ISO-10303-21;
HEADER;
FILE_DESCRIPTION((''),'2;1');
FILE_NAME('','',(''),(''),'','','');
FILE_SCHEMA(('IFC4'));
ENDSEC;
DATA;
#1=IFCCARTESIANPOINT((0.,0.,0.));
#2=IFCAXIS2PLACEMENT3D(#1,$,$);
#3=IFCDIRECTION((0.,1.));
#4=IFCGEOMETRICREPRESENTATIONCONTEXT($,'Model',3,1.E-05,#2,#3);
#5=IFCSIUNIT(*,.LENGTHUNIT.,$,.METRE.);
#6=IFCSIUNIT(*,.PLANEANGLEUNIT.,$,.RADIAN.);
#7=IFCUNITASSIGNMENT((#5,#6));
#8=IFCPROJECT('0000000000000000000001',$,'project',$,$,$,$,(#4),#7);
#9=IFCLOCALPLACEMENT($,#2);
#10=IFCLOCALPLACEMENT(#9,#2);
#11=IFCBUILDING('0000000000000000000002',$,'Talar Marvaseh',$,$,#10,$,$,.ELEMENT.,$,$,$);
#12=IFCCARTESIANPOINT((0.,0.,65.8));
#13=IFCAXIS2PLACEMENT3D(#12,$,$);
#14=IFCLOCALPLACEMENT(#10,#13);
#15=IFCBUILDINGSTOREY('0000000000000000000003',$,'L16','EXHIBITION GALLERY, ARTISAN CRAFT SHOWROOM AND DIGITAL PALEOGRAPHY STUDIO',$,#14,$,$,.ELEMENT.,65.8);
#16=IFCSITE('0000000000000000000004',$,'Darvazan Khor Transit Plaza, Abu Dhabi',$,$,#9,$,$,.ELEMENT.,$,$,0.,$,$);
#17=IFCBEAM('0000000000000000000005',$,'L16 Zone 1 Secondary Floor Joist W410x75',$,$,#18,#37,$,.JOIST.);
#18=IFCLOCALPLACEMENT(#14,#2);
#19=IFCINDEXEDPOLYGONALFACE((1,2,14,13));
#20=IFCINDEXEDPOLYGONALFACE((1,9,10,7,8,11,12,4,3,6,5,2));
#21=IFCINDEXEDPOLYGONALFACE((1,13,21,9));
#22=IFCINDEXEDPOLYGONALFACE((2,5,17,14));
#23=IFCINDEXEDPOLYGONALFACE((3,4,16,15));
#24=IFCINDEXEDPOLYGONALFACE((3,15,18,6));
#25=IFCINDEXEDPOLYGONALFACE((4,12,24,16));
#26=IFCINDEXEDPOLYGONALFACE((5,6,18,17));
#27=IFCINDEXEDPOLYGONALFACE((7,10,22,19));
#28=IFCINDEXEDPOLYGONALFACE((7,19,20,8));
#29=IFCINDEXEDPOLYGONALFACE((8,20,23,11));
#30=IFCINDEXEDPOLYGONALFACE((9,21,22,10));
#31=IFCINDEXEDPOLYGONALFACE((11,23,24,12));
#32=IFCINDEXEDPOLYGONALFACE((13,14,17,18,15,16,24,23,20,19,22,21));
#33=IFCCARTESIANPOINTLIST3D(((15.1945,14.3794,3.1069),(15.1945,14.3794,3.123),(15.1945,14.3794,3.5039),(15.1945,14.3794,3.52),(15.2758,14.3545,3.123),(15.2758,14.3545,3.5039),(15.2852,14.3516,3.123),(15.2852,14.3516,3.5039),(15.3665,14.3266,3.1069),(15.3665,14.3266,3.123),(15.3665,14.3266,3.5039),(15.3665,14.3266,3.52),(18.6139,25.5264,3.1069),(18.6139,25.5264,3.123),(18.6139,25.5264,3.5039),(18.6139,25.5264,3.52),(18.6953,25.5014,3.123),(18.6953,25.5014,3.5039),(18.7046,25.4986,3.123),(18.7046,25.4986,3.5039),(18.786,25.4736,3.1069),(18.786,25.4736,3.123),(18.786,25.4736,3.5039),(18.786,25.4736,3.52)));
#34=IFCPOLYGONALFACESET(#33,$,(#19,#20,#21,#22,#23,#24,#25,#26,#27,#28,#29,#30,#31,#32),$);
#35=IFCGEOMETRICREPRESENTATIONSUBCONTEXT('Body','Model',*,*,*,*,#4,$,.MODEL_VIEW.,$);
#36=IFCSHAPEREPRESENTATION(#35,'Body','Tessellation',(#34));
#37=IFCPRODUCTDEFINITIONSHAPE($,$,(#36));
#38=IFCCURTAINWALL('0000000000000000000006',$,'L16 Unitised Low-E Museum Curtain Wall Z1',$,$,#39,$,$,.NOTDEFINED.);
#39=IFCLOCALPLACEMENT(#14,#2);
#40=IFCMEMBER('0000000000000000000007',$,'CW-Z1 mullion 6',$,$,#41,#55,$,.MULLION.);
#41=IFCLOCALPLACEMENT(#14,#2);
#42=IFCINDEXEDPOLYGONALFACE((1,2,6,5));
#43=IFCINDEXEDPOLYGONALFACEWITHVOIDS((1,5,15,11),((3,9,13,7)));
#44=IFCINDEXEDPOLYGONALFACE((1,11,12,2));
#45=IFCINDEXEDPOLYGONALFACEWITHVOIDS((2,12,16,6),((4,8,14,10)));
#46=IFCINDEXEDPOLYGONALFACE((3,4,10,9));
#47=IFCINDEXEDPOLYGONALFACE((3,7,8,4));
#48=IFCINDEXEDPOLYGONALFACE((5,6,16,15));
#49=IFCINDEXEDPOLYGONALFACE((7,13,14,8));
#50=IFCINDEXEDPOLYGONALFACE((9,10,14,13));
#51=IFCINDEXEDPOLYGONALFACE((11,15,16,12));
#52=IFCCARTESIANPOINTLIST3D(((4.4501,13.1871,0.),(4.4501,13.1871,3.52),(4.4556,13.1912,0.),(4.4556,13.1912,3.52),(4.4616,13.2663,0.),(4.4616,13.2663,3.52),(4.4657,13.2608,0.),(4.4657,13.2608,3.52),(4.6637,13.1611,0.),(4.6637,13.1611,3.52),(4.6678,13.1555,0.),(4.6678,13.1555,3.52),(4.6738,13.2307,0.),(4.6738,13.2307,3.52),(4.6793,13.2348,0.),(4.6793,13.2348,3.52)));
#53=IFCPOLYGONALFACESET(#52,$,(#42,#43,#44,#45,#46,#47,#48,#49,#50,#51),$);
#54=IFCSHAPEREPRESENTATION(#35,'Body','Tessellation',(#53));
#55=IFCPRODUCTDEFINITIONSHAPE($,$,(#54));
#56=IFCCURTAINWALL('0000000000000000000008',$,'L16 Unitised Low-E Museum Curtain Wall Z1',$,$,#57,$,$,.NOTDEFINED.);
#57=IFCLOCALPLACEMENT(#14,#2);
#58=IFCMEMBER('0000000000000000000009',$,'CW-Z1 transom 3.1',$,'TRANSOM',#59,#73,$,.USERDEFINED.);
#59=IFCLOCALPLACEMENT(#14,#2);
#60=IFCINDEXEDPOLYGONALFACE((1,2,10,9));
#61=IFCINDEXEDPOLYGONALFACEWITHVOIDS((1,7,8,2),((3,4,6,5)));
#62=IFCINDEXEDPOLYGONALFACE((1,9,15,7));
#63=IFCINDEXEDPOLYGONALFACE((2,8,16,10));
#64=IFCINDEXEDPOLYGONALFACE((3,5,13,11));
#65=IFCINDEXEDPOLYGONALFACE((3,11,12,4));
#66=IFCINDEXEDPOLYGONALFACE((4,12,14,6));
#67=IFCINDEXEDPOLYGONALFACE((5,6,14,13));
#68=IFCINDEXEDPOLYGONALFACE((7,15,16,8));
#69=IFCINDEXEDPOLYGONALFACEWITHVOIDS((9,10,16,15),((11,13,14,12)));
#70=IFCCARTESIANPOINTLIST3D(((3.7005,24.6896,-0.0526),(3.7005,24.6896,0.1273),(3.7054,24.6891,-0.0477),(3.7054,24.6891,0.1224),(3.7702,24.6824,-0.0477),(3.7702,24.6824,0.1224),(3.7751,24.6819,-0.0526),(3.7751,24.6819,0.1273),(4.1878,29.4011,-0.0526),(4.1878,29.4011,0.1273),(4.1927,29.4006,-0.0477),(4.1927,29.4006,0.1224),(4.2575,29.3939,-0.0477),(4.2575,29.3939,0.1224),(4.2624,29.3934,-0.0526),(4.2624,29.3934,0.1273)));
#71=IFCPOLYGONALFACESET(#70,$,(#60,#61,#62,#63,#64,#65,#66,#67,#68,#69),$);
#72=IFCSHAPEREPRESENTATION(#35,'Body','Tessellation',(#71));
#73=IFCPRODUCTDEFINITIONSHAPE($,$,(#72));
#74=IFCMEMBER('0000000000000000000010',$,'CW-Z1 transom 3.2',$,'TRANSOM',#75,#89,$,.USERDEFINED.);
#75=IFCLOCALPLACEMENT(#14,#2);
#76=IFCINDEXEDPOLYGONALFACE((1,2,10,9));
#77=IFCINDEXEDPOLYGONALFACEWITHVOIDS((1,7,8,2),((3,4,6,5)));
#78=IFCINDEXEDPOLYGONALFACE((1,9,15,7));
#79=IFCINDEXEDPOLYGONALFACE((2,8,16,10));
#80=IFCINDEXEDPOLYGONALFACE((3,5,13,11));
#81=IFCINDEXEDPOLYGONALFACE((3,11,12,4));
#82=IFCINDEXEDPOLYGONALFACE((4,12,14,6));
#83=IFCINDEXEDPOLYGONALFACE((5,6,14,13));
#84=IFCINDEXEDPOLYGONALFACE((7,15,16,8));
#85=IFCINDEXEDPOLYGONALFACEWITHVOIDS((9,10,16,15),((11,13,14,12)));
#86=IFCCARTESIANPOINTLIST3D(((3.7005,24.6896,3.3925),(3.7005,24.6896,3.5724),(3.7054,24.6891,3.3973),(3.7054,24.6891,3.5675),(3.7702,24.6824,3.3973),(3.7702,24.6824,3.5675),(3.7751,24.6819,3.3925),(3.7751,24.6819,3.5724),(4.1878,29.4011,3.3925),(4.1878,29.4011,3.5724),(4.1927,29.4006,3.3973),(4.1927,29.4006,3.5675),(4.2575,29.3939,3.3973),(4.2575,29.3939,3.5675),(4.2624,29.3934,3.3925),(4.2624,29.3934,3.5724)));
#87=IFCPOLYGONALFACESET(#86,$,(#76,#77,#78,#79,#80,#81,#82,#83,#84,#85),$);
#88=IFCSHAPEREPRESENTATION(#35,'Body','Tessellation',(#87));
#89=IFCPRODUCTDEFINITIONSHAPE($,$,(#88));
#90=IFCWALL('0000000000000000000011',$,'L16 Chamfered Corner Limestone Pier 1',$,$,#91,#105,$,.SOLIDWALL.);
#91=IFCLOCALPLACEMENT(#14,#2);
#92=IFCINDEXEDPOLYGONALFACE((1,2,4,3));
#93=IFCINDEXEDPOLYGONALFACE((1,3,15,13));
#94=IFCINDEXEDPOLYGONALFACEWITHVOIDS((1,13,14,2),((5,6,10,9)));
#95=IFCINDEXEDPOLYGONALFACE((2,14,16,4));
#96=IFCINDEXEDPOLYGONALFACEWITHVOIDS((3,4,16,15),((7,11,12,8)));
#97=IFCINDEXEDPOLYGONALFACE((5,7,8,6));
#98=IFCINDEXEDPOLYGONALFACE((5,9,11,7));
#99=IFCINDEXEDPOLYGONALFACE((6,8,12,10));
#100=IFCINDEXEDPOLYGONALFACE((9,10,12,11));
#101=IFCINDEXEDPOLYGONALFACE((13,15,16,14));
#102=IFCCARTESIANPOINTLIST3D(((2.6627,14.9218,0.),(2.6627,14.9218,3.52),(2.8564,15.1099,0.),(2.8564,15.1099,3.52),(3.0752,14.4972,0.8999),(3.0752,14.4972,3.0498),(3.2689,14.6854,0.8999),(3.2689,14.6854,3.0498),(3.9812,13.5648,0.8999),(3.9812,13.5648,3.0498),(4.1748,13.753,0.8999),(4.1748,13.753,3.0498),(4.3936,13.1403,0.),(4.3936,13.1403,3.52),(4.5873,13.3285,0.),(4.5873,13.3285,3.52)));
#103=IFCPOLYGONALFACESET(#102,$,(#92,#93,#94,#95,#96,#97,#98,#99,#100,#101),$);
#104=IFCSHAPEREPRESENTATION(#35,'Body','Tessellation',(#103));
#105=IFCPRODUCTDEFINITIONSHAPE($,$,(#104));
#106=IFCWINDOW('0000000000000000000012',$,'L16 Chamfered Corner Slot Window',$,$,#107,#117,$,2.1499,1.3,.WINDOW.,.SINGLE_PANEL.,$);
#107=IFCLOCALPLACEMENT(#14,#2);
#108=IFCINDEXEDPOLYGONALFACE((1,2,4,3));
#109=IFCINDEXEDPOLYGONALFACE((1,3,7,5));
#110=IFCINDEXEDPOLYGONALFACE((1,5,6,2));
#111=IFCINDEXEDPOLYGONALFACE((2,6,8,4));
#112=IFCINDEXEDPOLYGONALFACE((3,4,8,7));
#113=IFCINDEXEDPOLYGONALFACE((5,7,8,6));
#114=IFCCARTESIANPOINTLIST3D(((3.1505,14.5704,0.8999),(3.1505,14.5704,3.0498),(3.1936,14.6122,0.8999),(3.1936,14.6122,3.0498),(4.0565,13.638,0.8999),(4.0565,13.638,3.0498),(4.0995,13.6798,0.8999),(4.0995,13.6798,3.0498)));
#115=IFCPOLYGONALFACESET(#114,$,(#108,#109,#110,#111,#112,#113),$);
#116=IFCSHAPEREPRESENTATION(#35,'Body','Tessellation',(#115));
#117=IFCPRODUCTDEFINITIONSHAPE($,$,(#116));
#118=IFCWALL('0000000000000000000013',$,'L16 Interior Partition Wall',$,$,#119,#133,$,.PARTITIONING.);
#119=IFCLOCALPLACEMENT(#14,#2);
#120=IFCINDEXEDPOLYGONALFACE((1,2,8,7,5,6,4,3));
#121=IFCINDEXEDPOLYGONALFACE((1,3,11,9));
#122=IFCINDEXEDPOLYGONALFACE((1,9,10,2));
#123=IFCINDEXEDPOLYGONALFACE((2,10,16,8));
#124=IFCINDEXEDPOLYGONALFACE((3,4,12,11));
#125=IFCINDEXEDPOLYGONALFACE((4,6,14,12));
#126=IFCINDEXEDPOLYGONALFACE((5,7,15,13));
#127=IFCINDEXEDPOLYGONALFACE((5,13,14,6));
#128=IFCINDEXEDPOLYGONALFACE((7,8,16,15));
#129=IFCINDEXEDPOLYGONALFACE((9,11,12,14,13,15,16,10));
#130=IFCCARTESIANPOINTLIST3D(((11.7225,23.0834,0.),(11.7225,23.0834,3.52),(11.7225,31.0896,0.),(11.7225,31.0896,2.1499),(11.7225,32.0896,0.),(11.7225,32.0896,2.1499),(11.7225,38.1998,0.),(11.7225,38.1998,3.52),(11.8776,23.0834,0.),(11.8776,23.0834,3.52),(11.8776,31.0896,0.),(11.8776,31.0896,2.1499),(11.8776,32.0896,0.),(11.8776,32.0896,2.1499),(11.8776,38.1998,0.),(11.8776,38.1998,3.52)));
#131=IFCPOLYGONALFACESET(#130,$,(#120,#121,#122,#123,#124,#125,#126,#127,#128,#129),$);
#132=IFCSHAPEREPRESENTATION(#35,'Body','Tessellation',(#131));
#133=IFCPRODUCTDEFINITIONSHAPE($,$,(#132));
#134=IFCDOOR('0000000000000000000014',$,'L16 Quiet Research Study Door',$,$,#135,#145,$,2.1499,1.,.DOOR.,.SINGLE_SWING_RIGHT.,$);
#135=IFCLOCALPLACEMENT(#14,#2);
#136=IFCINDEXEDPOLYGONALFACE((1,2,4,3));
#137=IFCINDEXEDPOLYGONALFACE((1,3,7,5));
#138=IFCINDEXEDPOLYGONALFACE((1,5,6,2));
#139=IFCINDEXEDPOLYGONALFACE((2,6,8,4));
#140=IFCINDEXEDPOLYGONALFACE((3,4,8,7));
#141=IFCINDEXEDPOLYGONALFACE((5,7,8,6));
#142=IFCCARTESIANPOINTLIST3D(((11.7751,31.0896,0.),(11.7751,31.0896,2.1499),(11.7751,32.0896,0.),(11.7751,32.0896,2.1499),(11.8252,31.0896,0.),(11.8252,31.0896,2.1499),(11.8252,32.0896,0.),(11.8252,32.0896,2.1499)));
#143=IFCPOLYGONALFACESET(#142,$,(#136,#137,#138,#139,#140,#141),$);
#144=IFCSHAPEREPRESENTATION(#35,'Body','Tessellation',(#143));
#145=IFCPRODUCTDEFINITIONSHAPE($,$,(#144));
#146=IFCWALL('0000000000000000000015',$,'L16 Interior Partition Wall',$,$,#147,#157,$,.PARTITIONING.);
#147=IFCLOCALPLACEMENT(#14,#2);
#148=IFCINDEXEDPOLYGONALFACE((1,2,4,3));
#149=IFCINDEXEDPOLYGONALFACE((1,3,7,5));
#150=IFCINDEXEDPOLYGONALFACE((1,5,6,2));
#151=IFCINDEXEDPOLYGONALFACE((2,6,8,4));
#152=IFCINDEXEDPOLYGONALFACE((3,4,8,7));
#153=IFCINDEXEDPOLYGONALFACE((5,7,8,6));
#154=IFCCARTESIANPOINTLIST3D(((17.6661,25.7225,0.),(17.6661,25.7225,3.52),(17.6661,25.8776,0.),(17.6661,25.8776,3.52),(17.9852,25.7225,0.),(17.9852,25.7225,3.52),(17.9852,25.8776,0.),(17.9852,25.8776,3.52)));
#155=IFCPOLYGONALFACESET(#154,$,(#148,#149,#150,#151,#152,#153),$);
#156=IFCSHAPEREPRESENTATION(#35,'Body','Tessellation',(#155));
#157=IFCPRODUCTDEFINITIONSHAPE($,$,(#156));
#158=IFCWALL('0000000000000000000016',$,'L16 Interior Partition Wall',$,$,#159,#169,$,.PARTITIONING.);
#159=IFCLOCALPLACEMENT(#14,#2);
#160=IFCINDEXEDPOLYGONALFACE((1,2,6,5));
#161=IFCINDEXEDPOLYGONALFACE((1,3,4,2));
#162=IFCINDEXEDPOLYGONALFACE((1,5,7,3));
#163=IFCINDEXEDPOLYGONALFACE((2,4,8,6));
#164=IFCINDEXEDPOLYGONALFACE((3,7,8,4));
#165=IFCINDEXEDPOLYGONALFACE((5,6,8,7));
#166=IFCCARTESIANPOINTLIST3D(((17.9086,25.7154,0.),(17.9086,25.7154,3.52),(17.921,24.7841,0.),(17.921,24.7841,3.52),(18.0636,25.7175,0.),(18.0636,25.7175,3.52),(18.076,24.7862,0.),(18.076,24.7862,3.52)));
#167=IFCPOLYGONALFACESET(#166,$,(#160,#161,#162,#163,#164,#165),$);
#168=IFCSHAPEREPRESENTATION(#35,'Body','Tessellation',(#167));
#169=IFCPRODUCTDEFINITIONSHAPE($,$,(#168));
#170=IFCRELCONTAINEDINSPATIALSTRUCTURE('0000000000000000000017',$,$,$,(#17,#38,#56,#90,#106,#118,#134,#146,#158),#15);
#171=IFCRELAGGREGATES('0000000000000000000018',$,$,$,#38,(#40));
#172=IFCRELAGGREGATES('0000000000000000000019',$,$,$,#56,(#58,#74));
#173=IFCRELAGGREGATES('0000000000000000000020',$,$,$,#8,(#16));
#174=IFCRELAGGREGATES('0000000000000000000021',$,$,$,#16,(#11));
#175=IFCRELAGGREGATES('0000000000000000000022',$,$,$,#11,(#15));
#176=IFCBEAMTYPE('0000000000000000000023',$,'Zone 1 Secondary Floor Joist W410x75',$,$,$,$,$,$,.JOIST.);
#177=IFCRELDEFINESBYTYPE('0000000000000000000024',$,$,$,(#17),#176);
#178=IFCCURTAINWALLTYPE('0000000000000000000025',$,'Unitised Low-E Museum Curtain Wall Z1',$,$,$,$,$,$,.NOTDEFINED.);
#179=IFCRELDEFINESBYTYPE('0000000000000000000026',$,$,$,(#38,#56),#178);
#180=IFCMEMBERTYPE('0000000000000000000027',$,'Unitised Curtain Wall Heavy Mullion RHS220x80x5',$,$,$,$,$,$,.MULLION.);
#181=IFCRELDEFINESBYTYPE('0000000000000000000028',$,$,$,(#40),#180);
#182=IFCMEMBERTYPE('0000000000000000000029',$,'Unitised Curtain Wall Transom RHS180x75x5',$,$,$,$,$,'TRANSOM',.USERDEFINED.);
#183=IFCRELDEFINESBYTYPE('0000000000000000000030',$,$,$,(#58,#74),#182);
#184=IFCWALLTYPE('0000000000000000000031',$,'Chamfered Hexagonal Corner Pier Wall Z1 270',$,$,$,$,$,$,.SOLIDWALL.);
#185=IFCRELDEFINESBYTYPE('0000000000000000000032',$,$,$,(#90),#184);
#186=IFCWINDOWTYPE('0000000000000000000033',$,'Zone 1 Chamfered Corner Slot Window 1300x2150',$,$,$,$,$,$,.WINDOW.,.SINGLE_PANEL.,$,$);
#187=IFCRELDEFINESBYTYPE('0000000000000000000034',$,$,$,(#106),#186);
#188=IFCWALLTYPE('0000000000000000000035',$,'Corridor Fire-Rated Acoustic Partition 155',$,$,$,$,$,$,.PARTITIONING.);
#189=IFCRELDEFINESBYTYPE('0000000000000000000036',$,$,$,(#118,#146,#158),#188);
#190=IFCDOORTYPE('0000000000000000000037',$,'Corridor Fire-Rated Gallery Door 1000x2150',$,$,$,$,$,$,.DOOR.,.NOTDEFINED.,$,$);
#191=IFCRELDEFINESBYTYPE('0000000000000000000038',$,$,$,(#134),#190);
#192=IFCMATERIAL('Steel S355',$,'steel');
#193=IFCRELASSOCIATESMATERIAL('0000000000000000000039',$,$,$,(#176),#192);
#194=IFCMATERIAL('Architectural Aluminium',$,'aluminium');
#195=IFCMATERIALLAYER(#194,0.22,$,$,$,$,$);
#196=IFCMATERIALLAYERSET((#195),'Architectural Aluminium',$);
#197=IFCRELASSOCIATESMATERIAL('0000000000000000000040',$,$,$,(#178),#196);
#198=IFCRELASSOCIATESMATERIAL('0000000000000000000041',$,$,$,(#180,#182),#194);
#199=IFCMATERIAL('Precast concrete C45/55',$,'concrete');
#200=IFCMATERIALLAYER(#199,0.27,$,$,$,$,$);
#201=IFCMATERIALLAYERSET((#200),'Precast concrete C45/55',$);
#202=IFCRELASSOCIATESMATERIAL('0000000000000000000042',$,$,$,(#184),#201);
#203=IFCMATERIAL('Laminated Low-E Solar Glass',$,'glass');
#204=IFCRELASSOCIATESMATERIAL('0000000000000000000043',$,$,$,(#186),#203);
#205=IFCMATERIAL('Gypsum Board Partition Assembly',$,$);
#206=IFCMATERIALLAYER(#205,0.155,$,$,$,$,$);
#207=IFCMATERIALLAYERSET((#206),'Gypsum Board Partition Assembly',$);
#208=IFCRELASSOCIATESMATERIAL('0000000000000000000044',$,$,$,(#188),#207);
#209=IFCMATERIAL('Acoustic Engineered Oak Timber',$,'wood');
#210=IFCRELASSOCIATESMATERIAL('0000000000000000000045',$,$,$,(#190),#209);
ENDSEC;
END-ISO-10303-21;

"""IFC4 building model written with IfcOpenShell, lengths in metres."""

from ifc_helpers import new_model, si_unit, direction, frame, frame_2d, origin, origin_2d, place, context, subcontext, project, spatial, rectangle, hollow_rectangle, i_section, extrude, source, transform, mapped, material, layer, layer_set, material_profile, profile_set, type_object, type_shapes, element, fill, aggregate, save


model = new_model("IFC4")

# Units and contexts
model_context = context("Model", 3, precision=1e-05, world=origin(), true_north=direction((0.0, 1.0)))
body_context = subcontext(model_context, "Body", "Model", "MODEL_VIEW")
ifc_project = project(units=[si_unit("LENGTHUNIT", "METRE"), si_unit("PLANEANGLEUNIT", "RADIAN")], contexts=[model_context])

# Site, building, storey
site_placement = place(None, origin())
site = spatial("IfcSite", under=ifc_project, at=site_placement, Name="Darvazan Khor Transit Plaza, Abu Dhabi", CompositionType="ELEMENT", RefElevation=0.0)
building_placement = place(site_placement, origin())
building = spatial("IfcBuilding", under=site, at=building_placement, Name="Talar Marvaseh", CompositionType="ELEMENT")
storey_placement = place(building_placement, frame((0.0, 0.0, 65.8)))
storey = spatial("IfcBuildingStorey", under=building, at=storey_placement, Name="L16", Description="EXHIBITION GALLERY, ARTISAN CRAFT SHOWROOM AND DIGITAL PALEOGRAPHY STUDIO", CompositionType="ELEMENT", Elevation=65.8)

# Beam
ifc_material_1 = material(Name="Steel S355", Category="steel")
ifc_material_profile_1 = material_profile(ifc_material_1, i_section(OverallWidth=0.1799, OverallDepth=0.4131, WebThickness=0.0098, FlangeThickness=0.0161, at=origin_2d()), Name="W410x75")
ifc_profile_set_1 = profile_set([ifc_material_profile_1], Name="Steel S355")
beam_type_1 = type_object("IfcBeamType", Name="Zone 1 Secondary Floor Joist W410x75", PredefinedType="JOIST", material=ifc_profile_set_1)
beam_1_placement = place(storey_placement, frame((15.2805, 14.353, 3.3135), z_axis=(0.293271, 0.956029, 0.0), x_axis=(-0.956029, 0.293271, 0.0)))
element("IfcBeam", 1, at=beam_1_placement, inside=storey, type_object=beam_type_1, Name="L16 Zone 1 Secondary Floor Joist W410x75", PredefinedType="JOIST", context=body_context, shape_type="SweptSolid", body=[
    extrude(i_section(OverallWidth=0.1799, OverallDepth=0.4131, WebThickness=0.0098, FlangeThickness=0.0161, at=origin_2d()), origin(), (0.0, 0.0, 1.0), 11.6597),
])

# Curtain wall, member
ifc_material_2 = material(Name="Architectural Aluminium", Category="aluminium")
ifc_layer_1 = layer(ifc_material_2, 0.22)
ifc_layer_set_1 = layer_set([ifc_layer_1], Name="Architectural Aluminium")
curtain_wall_type = type_object("IfcCurtainWallType", Name="Unitised Low-E Museum Curtain Wall Z1", PredefinedType="NOTDEFINED", material=ifc_layer_set_1)
curtain_wall_1_placement = place(storey_placement, origin())
curtain_wall_1 = element("IfcCurtainWall", 2, at=curtain_wall_1_placement, inside=storey, type_object=curtain_wall_type, Name="L16 Unitised Low-E Museum Curtain Wall Z1", PredefinedType="NOTDEFINED")
ifc_material_profile_2 = material_profile(ifc_material_2, hollow_rectangle(XDim=0.0801, YDim=0.22, WallThickness=0.0049, at=origin_2d()), Name="RHS220x80x5")
ifc_profile_set_2 = profile_set([ifc_material_profile_2], Name="Architectural Aluminium")
member_type_1 = type_object("IfcMemberType", Name="Unitised Curtain Wall Heavy Mullion RHS220x80x5", PredefinedType="MULLION", material=ifc_profile_set_2)
shared_shape_1 = source(origin(), body_context, "Body", "SweptSolid", [
    extrude(hollow_rectangle(XDim=0.0801, YDim=0.22, WallThickness=0.0049, at=origin_2d()), origin(), (0.0, 0.0, 1.0), 3.52),
])
type_shapes(member_type_1, [shared_shape_1])
member_1_placement = place(storey_placement, frame((4.5647, 13.2109, 0.0), z_axis=(0.0, 0.0, 1.0), x_axis=(-0.143338, -0.989674, 0.0)))
member_1 = element("IfcMember", 3, at=member_1_placement, type_object=member_type_1, Name="CW-Z1 mullion 6", PredefinedType="MULLION", context=body_context, shape_type="MappedRepresentation", body=[
    mapped(shared_shape_1, transform((0.0, 0.0, 0.0), x_axis=(1.0, 0.0, 0.0), y_axis=(0.0, 1.0, 0.0), z_axis=(0.0, 0.0, 1.0), scale=1.0)),
])
aggregate(curtain_wall_1, [member_1])

# Curtain wall, members
curtain_wall_2_placement = place(storey_placement, origin())
curtain_wall_2 = element("IfcCurtainWall", 4, at=curtain_wall_2_placement, inside=storey, type_object=curtain_wall_type, Name="L16 Unitised Low-E Museum Curtain Wall Z1", PredefinedType="NOTDEFINED")
ifc_material_profile_3 = material_profile(ifc_material_2, hollow_rectangle(XDim=0.075, YDim=0.1799, WallThickness=0.0049, at=origin_2d()), Name="RHS180x75x5")
ifc_profile_set_3 = profile_set([ifc_material_profile_3], Name="Architectural Aluminium")
member_type_2 = type_object("IfcMemberType", Name="Unitised Curtain Wall Transom RHS180x75x5", ElementType="TRANSOM", PredefinedType="USERDEFINED", material=ifc_profile_set_3)
shared_shape_2 = source(origin(), body_context, "Body", "SweptSolid", [
    extrude(hollow_rectangle(XDim=0.075, YDim=0.1799, WallThickness=0.0049, at=origin_2d()), origin(), (0.0, 0.0, 1.0), 4.7366),
])
type_shapes(member_type_2, [shared_shape_2])
member_2_placement = place(storey_placement, frame((3.7378, 24.6858, 0.0374), z_axis=(0.102882, 0.994694, 0.0), x_axis=(-0.994694, 0.102882, 0.0)))
member_2 = element("IfcMember", 5, at=member_2_placement, type_object=member_type_2, Name="CW-Z1 transom 3.1", ObjectType="TRANSOM", PredefinedType="USERDEFINED", context=body_context, shape_type="MappedRepresentation", body=[
    mapped(shared_shape_2, transform((0.0, 0.0, 0.0), x_axis=(1.0, 0.0, 0.0), y_axis=(0.0, 1.0, 0.0), z_axis=(0.0, 0.0, 1.0), scale=1.0)),
])
member_3_placement = place(storey_placement, frame((3.7378, 24.6858, 3.4824), z_axis=(0.102882, 0.994694, 0.0), x_axis=(-0.994694, 0.102882, 0.0)))
member_3 = element("IfcMember", 6, at=member_3_placement, type_object=member_type_2, Name="CW-Z1 transom 3.2", ObjectType="TRANSOM", PredefinedType="USERDEFINED", context=body_context, shape_type="MappedRepresentation", body=[
    mapped(shared_shape_2, transform((0.0, 0.0, 0.0), x_axis=(1.0, 0.0, 0.0), y_axis=(0.0, 1.0, 0.0), z_axis=(0.0, 0.0, 1.0), scale=1.0)),
])
aggregate(curtain_wall_2, [member_2, member_3])

# Wall, opening, window
ifc_material_3 = material(Name="Precast concrete C45/55", Category="concrete")
ifc_layer_2 = layer(ifc_material_3, 0.27)
ifc_layer_set_2 = layer_set([ifc_layer_2], Name="Precast concrete C45/55")
wall_type_1 = type_object("IfcWallType", Name="Chamfered Hexagonal Corner Pier Wall Z1 270", PredefinedType="SOLIDWALL", material=ifc_layer_set_2)
wall_1_placement = place(storey_placement, frame((4.4905, 13.2344, 0.0), z_axis=(0.0, 0.0, 1.0), x_axis=(-0.696861, 0.717206, 0.0)))
wall_1 = element("IfcWall", 7, at=wall_1_placement, inside=storey, type_object=wall_type_1, Name="L16 Chamfered Corner Limestone Pier 1", PredefinedType="SOLIDWALL", context=body_context, shape_type="SweptSolid", body=[
    extrude(rectangle(XDim=2.4839, YDim=0.27, at=frame_2d((1.2419, 0.0))), origin(), (0.0, 0.0, 1.0), 3.52),
])
opening_1_placement = place(wall_1_placement, frame((0.592, 0.0, 0.8999)))
opening_1 = element("IfcOpeningElement", 8, at=opening_1_placement, cuts=wall_1, PredefinedType="OPENING", context=body_context, shape_type="SweptSolid", body=[
    extrude(rectangle(XDim=1.3, YDim=2.1499, at=frame_2d((0.6499, 1.075))), frame((0.0, 0.145, 0.0), z_axis=(0.0, -1.0, 0.0), x_axis=(1.0, 0.0, 0.0)), (0.0, 0.0, 1.0), 0.29),
])
ifc_material_4 = material(Name="Laminated Low-E Solar Glass", Category="glass")
window_type = type_object("IfcWindowType", Name="Zone 1 Chamfered Corner Slot Window 1300x2150", PartitioningType="SINGLE_PANEL", PredefinedType="WINDOW", material=ifc_material_4)
shared_shape_3 = source(origin(), body_context, "Body", "SweptSolid", [
    extrude(rectangle(XDim=1.3, YDim=2.1499, at=frame_2d((0.6499, 1.075))), frame((0.0, 0.03, 0.0), z_axis=(0.0, -1.0, 0.0), x_axis=(1.0, 0.0, 0.0)), (0.0, 0.0, 1.0), 0.0601),
])
type_shapes(window_type, [shared_shape_3])
window_placement = place(opening_1_placement, origin())
window = element("IfcWindow", 9, at=window_placement, inside=storey, type_object=window_type, Name="L16 Chamfered Corner Slot Window", OverallHeight=2.1499, OverallWidth=1.3, PartitioningType="SINGLE_PANEL", PredefinedType="WINDOW", context=body_context, shape_type="MappedRepresentation", body=[
    mapped(shared_shape_3, transform((0.0, 0.0, 0.0), x_axis=(1.0, 0.0, 0.0), y_axis=(0.0, 1.0, 0.0), z_axis=(0.0, 0.0, 1.0), scale=1.0)),
])
fill(opening_1, window)

# Wall, opening, door
ifc_material_5 = material(Name="Gypsum Board Partition Assembly")
ifc_layer_3 = layer(ifc_material_5, 0.155)
ifc_layer_set_3 = layer_set([ifc_layer_3], Name="Gypsum Board Partition Assembly")
wall_type_2 = type_object("IfcWallType", Name="Corridor Fire-Rated Acoustic Partition 155", PredefinedType="PARTITIONING", material=ifc_layer_set_3)
wall_2_placement = place(storey_placement, frame((11.8, 23.0835, 0.0), z_axis=(0.0, 0.0, 1.0), x_axis=(0.0, 1.0, 0.0)))
wall_2 = element("IfcWall", 10, at=wall_2_placement, inside=storey, type_object=wall_type_2, Name="L16 Interior Partition Wall", PredefinedType="PARTITIONING", context=body_context, shape_type="SweptSolid", body=[
    extrude(rectangle(XDim=15.1165, YDim=0.155, at=frame_2d((7.5581, 0.0))), origin(), (0.0, 0.0, 1.0), 3.52),
])
opening_2_placement = place(wall_2_placement, frame((8.0061, 0.0, 0.0)))
opening_2 = element("IfcOpeningElement", 11, at=opening_2_placement, cuts=wall_2, PredefinedType="OPENING", context=body_context, shape_type="SweptSolid", body=[
    extrude(rectangle(XDim=1.0, YDim=2.1499, at=frame_2d((0.5, 1.075))), frame((0.0, 0.0874, 0.0), z_axis=(0.0, -1.0, 0.0), x_axis=(1.0, 0.0, 0.0)), (0.0, 0.0, 1.0), 0.175),
])
ifc_material_6 = material(Name="Acoustic Engineered Oak Timber", Category="wood")
door_type = type_object("IfcDoorType", Name="Corridor Fire-Rated Gallery Door 1000x2150", OperationType="NOTDEFINED", PredefinedType="DOOR", material=ifc_material_6)
shared_shape_4 = source(origin(), body_context, "Body", "SweptSolid", [
    extrude(rectangle(XDim=1.0, YDim=2.1499, at=frame_2d((0.5, 1.075))), frame((0.0, 0.0249, 0.0), z_axis=(0.0, -1.0, 0.0), x_axis=(1.0, 0.0, 0.0)), (0.0, 0.0, 1.0), 0.05),
])
type_shapes(door_type, [shared_shape_4])
door_placement = place(opening_2_placement, origin())
door = element("IfcDoor", 12, at=door_placement, inside=storey, type_object=door_type, Name="L16 Quiet Research Study Door", OperationType="SINGLE_SWING_RIGHT", OverallHeight=2.1499, OverallWidth=1.0, PredefinedType="DOOR", context=body_context, shape_type="MappedRepresentation", body=[
    mapped(shared_shape_4, transform((0.0, 0.0, 0.0), x_axis=(1.0, 0.0, 0.0), y_axis=(0.0, 1.0, 0.0), z_axis=(0.0, 0.0, 1.0), scale=1.0)),
])
fill(opening_2, door)

# Walls
wall_3_placement = place(storey_placement, frame((17.666, 25.8, 0.0), z_axis=(0.0, 0.0, 1.0), x_axis=(1.0, 0.0, 0.0)))
element("IfcWall", 13, at=wall_3_placement, inside=storey, type_object=wall_type_2, Name="L16 Interior Partition Wall", PredefinedType="PARTITIONING", context=body_context, shape_type="SweptSolid", body=[
    extrude(rectangle(XDim=0.3191, YDim=0.155, at=frame_2d((0.1597, 0.0))), origin(), (0.0, 0.0, 1.0), 3.52),
])
wall_4_placement = place(storey_placement, frame((17.9861, 25.7166, 0.0), z_axis=(0.0, 0.0, 1.0), x_axis=(0.013367, -0.999911, 0.0)))
element("IfcWall", 14, at=wall_4_placement, inside=storey, type_object=wall_type_2, Name="L16 Interior Partition Wall", PredefinedType="PARTITIONING", context=body_context, shape_type="SweptSolid", body=[
    extrude(rectangle(XDim=0.9314, YDim=0.155, at=frame_2d((0.4658, 0.0))), origin(), (0.0, 0.0, 1.0), 3.52),
])

save(model, "model.ifc")
